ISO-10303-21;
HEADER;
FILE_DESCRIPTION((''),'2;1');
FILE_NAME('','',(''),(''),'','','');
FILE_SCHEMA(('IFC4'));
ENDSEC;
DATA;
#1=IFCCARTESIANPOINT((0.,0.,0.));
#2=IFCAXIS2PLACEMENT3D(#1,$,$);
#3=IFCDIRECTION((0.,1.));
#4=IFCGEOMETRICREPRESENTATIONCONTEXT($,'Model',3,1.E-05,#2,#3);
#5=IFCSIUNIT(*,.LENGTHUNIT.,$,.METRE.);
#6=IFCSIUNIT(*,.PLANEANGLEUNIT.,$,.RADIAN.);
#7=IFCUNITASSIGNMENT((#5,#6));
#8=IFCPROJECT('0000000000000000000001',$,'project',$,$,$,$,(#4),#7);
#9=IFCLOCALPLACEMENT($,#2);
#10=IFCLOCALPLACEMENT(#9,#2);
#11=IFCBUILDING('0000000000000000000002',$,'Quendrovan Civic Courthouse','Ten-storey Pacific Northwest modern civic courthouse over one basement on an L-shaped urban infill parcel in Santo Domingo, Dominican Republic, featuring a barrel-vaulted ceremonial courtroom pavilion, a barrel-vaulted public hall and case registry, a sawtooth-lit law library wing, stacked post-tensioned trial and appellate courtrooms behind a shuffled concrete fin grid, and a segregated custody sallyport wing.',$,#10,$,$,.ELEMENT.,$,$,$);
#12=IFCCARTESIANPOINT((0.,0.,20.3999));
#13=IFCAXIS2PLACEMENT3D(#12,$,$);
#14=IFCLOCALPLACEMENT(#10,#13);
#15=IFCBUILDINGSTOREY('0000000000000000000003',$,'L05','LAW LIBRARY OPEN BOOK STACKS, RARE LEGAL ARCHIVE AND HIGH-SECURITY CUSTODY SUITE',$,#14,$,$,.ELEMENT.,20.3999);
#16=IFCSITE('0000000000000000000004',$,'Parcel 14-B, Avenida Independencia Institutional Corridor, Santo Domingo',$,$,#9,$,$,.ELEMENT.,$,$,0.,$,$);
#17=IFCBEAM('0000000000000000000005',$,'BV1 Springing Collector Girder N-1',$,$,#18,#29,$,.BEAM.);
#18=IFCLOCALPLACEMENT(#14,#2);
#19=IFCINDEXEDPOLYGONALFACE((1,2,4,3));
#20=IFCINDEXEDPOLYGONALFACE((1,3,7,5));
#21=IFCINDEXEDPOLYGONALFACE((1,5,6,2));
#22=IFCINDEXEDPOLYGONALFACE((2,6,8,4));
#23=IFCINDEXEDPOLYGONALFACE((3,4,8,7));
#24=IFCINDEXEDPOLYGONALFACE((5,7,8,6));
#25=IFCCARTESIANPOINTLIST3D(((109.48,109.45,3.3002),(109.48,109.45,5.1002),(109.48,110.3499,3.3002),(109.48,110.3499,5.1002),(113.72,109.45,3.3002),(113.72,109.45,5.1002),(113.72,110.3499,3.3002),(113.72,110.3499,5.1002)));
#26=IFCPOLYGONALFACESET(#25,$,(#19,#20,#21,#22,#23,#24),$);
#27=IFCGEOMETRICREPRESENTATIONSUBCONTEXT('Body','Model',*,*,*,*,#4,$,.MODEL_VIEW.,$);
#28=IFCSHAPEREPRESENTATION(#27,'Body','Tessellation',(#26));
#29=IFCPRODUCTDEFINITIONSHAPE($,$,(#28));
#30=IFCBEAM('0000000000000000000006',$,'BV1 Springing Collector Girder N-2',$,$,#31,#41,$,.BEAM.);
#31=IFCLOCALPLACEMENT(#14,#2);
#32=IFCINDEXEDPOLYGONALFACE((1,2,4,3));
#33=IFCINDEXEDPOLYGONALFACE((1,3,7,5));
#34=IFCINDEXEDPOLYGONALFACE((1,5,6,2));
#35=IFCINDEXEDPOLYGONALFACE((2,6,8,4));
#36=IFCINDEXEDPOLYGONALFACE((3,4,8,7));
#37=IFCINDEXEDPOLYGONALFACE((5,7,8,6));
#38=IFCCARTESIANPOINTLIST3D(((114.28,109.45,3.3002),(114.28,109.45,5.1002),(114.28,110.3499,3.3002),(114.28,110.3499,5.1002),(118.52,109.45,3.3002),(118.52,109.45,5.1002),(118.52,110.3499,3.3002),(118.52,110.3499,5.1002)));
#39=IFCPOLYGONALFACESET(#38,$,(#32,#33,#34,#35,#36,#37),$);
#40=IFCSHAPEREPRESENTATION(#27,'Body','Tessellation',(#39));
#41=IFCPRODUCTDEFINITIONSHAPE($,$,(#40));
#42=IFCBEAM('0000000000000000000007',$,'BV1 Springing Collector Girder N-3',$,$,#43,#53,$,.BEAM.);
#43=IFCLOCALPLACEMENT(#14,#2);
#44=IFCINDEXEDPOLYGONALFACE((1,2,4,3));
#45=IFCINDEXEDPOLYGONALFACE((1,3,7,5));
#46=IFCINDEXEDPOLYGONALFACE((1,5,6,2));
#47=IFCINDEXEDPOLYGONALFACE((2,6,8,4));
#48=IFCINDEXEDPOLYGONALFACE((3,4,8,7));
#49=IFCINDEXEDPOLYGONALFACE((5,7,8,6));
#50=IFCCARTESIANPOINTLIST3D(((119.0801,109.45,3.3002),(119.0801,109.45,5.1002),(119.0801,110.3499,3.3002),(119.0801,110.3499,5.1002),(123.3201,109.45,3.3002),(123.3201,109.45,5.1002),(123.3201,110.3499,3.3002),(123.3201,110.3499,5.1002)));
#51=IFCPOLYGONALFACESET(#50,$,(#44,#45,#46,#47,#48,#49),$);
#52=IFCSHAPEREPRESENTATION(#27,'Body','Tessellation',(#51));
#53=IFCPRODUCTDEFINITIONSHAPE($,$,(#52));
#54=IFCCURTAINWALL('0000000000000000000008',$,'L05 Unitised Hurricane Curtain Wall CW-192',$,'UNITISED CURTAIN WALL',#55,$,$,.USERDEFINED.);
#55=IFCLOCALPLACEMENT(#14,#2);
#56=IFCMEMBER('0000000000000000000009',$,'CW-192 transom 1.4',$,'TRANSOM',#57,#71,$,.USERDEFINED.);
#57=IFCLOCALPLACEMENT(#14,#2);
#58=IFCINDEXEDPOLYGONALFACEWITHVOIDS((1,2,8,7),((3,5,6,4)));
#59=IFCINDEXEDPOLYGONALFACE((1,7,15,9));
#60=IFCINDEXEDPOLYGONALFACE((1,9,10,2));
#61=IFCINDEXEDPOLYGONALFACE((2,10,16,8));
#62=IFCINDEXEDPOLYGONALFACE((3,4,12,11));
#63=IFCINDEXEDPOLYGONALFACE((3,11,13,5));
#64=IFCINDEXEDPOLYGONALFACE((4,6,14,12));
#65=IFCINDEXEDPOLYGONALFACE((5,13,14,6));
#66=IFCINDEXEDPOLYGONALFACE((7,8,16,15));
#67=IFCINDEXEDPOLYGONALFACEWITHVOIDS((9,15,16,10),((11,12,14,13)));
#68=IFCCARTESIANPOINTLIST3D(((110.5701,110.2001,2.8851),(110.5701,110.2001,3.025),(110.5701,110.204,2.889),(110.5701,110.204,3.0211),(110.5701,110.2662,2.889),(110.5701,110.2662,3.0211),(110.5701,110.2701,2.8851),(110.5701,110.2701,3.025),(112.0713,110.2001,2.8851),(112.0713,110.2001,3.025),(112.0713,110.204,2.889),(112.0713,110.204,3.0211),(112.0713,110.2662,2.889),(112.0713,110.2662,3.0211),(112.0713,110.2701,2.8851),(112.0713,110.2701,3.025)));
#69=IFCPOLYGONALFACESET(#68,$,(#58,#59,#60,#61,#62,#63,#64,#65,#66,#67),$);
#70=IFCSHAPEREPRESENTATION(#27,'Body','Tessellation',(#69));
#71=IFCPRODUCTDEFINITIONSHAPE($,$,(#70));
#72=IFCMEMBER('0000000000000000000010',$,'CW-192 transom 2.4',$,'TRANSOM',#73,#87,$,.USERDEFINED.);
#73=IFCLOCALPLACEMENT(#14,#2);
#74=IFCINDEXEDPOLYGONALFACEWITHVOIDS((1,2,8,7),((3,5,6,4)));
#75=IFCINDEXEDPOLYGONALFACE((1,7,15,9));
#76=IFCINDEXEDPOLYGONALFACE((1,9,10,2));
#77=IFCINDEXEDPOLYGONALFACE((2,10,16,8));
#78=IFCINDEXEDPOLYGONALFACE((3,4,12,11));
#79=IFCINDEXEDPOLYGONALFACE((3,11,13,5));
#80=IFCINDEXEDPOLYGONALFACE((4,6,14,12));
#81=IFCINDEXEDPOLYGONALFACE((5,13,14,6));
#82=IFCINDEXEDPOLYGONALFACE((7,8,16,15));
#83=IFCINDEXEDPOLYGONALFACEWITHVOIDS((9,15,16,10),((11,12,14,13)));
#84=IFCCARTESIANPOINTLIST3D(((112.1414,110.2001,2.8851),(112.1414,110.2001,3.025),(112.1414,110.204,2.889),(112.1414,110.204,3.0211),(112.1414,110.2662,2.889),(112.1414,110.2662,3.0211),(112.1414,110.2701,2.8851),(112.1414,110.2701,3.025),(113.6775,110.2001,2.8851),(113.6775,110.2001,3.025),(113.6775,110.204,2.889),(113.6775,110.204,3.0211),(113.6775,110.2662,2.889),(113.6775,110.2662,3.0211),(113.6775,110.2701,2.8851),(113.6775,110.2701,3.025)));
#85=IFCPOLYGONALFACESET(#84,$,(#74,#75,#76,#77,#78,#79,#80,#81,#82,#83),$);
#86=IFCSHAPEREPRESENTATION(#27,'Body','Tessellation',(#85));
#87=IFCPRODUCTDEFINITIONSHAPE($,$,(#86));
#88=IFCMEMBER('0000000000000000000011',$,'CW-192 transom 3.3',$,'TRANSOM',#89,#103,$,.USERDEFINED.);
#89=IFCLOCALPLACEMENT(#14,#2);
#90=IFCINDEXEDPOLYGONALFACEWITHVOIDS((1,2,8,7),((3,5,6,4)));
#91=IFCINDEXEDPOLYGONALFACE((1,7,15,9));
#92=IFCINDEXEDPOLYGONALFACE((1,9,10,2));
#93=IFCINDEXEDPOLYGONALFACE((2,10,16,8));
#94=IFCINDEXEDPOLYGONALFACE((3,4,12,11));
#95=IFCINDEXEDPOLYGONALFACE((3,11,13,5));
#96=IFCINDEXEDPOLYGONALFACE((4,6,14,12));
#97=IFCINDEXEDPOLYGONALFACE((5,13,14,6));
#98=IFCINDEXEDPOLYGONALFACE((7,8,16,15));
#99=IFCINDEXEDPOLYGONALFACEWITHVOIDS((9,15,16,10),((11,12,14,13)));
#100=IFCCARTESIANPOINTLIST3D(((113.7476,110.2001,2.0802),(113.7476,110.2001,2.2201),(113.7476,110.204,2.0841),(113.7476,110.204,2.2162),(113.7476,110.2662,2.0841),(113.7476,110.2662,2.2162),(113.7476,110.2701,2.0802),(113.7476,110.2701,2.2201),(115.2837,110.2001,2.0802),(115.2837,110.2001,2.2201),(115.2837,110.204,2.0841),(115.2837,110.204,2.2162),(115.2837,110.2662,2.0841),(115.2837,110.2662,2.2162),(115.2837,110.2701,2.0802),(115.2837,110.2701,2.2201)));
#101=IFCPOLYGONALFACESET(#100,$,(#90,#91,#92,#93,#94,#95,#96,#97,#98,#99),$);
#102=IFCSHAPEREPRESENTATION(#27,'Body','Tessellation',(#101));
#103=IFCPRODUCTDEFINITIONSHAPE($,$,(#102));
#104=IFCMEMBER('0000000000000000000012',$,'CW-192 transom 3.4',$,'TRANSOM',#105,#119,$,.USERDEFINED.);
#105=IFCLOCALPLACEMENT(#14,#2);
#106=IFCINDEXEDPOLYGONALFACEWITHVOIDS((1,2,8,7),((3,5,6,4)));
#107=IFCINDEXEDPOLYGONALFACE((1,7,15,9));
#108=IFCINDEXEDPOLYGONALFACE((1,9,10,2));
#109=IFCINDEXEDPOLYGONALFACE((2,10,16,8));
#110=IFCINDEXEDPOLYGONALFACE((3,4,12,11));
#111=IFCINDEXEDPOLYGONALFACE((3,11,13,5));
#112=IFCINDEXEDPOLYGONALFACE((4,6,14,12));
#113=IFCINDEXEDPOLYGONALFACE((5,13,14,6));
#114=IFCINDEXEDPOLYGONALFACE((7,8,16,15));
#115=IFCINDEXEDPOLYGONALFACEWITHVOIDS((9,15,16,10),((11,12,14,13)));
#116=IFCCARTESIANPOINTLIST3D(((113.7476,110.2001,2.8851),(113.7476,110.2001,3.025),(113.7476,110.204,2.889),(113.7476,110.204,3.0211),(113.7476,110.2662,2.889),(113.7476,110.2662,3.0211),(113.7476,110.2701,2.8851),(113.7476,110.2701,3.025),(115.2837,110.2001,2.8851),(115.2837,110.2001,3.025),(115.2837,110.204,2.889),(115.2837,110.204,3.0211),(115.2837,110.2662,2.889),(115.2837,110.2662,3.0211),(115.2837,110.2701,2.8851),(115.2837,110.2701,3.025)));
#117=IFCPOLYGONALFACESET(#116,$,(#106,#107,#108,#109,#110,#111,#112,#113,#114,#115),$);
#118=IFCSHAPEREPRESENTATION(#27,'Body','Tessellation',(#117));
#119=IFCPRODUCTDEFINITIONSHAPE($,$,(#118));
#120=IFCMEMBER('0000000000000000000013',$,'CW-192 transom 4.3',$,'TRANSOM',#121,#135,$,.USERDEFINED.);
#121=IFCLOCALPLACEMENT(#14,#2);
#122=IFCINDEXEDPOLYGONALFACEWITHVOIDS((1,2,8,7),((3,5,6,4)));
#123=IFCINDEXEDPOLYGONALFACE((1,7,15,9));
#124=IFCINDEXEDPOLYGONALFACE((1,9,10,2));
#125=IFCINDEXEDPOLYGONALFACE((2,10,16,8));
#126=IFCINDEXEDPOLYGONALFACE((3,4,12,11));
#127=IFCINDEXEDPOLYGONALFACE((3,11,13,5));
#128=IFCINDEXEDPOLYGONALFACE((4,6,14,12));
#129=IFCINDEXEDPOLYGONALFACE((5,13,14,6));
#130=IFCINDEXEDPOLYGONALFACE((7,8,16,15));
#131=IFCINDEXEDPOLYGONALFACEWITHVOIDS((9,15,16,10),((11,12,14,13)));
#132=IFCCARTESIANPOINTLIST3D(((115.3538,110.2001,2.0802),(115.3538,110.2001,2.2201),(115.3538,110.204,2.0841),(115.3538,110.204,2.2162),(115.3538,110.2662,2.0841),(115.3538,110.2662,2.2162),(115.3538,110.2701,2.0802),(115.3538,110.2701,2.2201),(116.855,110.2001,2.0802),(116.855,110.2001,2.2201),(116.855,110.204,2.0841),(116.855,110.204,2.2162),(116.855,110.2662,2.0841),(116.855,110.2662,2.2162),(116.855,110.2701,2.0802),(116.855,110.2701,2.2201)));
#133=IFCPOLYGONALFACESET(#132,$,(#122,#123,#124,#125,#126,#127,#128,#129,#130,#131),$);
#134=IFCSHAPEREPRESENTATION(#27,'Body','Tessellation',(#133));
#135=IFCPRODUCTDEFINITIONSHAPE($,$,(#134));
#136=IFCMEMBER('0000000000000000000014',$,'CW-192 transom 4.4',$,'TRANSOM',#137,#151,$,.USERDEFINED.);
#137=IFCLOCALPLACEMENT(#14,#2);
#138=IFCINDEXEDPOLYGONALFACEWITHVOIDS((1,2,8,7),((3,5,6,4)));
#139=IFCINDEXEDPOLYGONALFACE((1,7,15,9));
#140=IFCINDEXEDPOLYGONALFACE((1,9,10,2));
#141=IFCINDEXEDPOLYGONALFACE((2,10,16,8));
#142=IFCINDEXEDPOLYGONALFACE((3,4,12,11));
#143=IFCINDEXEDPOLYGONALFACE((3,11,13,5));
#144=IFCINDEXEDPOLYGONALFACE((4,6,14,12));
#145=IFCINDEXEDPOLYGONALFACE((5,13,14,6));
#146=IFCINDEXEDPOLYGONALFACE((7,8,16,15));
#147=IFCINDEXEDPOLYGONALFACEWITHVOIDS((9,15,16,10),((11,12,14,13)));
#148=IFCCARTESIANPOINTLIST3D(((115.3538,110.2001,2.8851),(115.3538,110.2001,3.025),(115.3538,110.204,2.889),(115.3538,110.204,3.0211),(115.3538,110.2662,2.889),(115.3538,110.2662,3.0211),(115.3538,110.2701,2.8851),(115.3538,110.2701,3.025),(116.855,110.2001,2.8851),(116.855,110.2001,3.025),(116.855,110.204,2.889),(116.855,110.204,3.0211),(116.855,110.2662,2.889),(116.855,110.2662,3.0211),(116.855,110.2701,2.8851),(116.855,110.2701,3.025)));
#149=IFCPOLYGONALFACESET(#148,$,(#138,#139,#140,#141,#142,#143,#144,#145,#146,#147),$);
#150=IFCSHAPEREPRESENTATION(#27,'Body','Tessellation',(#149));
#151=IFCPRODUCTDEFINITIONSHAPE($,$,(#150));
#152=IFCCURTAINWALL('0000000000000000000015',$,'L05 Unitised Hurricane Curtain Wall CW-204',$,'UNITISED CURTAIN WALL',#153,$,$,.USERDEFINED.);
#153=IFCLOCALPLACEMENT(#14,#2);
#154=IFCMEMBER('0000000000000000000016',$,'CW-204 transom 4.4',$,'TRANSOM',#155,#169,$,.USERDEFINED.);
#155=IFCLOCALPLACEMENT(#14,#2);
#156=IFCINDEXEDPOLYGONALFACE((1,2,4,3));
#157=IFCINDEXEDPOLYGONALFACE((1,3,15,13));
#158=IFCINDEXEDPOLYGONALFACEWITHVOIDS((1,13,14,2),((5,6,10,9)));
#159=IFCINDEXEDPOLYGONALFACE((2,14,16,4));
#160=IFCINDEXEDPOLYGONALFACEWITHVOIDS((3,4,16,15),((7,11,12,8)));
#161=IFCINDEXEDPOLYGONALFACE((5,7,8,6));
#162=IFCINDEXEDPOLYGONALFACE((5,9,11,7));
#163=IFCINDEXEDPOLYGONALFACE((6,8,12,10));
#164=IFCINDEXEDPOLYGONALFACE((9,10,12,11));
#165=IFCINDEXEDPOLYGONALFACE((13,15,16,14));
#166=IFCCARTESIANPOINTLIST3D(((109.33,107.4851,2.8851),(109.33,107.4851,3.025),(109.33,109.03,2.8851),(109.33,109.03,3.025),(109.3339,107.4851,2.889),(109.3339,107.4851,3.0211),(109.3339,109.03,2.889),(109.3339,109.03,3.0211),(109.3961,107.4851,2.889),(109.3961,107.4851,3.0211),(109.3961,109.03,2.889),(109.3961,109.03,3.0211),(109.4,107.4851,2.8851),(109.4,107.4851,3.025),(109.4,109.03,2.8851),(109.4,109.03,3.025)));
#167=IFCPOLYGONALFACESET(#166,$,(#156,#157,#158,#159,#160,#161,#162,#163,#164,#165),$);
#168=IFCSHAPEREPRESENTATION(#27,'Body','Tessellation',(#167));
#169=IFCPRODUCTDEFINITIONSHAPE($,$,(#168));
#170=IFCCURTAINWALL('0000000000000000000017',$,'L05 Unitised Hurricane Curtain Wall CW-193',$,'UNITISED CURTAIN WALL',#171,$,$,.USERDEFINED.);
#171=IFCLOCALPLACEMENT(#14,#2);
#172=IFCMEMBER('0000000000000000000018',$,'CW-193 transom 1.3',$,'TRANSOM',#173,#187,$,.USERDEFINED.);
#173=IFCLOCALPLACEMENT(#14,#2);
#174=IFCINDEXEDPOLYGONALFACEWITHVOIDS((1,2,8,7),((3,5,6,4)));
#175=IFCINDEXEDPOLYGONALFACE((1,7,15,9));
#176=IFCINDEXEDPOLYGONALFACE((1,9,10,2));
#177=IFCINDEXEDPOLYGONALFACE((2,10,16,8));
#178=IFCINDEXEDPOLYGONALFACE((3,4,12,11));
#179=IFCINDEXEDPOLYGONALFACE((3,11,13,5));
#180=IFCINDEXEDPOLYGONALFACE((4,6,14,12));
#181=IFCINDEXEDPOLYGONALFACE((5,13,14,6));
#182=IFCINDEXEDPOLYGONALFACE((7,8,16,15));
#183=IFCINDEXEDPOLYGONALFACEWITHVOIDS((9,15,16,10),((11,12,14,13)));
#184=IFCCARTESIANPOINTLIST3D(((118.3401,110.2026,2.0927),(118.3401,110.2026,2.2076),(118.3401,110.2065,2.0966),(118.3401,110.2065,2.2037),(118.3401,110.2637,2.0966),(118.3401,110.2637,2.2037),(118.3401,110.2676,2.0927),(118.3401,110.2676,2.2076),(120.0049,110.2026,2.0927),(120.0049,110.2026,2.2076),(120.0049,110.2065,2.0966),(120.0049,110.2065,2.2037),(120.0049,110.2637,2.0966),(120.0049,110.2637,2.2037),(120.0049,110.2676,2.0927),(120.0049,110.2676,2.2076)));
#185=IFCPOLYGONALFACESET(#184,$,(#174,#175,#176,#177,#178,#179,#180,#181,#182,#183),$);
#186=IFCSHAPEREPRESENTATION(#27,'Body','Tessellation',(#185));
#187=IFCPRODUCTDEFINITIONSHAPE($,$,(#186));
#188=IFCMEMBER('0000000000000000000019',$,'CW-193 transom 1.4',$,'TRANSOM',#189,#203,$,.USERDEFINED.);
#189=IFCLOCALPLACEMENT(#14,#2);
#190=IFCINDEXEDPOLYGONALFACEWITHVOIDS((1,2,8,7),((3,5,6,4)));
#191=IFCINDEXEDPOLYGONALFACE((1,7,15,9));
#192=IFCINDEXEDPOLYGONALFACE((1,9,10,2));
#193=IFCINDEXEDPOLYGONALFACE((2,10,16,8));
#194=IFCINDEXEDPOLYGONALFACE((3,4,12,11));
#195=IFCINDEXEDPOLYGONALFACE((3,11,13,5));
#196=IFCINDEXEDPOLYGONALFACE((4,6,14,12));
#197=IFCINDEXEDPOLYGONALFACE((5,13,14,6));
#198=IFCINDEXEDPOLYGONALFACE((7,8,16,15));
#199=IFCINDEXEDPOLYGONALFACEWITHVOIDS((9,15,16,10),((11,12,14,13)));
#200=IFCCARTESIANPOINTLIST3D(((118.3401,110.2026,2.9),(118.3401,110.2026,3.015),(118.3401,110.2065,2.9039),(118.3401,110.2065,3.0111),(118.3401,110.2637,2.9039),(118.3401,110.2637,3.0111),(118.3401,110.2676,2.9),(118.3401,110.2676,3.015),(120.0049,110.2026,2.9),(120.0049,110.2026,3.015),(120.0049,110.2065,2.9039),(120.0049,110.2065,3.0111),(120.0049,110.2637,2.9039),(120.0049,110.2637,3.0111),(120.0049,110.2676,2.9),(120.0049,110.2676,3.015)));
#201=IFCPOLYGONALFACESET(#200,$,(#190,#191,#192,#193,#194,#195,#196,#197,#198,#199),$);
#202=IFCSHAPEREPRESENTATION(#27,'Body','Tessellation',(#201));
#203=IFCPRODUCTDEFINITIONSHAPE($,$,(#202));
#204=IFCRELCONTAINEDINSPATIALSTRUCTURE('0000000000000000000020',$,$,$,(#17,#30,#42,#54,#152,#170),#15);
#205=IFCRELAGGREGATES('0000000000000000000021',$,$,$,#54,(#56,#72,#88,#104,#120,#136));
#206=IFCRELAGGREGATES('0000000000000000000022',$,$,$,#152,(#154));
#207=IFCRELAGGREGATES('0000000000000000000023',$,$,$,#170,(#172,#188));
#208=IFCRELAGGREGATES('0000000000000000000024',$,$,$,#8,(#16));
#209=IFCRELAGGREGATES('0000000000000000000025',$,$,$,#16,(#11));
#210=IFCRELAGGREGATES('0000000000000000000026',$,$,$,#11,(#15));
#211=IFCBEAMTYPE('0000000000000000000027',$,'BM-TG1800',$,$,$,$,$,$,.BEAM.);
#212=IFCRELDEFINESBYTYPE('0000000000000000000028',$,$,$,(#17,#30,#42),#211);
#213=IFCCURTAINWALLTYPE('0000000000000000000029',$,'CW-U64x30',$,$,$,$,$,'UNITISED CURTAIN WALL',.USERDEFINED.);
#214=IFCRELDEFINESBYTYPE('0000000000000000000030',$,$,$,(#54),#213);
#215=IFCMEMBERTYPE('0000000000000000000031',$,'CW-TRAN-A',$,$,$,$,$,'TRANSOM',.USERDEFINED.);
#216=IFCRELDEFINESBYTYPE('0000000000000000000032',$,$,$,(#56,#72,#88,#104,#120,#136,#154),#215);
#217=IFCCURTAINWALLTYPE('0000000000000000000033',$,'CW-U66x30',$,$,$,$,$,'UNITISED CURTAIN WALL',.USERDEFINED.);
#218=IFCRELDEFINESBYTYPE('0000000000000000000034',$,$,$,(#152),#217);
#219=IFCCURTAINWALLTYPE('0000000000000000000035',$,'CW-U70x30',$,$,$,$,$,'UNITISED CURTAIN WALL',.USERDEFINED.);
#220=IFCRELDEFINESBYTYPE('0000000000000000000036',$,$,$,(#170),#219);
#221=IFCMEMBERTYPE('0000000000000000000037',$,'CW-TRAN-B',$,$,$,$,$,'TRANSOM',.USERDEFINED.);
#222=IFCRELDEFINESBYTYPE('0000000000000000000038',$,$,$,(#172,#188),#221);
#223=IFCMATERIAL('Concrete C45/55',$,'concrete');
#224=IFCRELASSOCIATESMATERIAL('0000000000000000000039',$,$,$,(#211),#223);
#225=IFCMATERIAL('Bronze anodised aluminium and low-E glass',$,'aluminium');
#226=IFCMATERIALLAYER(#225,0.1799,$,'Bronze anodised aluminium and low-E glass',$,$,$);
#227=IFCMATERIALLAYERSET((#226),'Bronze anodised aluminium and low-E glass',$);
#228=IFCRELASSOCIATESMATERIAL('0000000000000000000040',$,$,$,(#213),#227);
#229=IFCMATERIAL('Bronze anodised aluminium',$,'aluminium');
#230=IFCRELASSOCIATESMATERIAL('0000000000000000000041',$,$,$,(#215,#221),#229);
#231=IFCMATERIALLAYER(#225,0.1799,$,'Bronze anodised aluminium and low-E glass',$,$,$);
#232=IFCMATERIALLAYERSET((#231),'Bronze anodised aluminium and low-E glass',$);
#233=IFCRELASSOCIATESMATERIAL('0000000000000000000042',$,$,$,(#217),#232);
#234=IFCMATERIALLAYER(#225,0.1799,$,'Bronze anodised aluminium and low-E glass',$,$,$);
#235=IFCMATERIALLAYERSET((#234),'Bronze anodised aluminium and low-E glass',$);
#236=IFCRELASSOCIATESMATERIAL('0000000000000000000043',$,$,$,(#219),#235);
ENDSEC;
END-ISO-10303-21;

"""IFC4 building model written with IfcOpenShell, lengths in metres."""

from ifc_helpers import new_model, si_unit, direction, frame, origin, origin_2d, place, context, subcontext, project, spatial, rectangle, hollow_rectangle, extrude, material, layer, layer_set, material_profile, profile_set, type_object, element, aggregate, save


model = new_model("IFC4")

# Units and contexts
model_context = context("Model", 3, precision=1e-05, world=origin(), true_north=direction((0.0, 1.0)))
body_context = subcontext(model_context, "Body", "Model", "MODEL_VIEW")
ifc_project = project(units=[si_unit("LENGTHUNIT", "METRE"), si_unit("PLANEANGLEUNIT", "RADIAN")], contexts=[model_context])

# Site, building, storey
site_placement = place(None, origin())
site = spatial("IfcSite", under=ifc_project, at=site_placement, Name="Parcel 14-B, Avenida Independencia Institutional Corridor, Santo Domingo", CompositionType="ELEMENT", RefElevation=0.0)
building_placement = place(site_placement, origin())
building = spatial("IfcBuilding", under=site, at=building_placement, Name="Quendrovan Civic Courthouse", Description="Ten-storey Pacific Northwest modern civic courthouse over one basement on an L-shaped urban infill parcel in Santo Domingo, Dominican Republic, featuring a barrel-vaulted ceremonial courtroom pavilion, a barrel-vaulted public hall and case registry, a sawtooth-lit law library wing, stacked post-tensioned trial and appellate courtrooms behind a shuffled concrete fin grid, and a segregated custody sallyport wing.", CompositionType="ELEMENT")
storey_placement = place(building_placement, frame((0.0, 0.0, 20.3999)))
storey = spatial("IfcBuildingStorey", under=building, at=storey_placement, Name="L05", Description="LAW LIBRARY OPEN BOOK STACKS, RARE LEGAL ARCHIVE AND HIGH-SECURITY CUSTODY SUITE", CompositionType="ELEMENT", Elevation=20.3999)

# Beams
ifc_material_1 = material(Name="Concrete C45/55", Category="concrete")
ifc_material_profile_1 = material_profile(ifc_material_1, rectangle(XDim=0.8999, YDim=1.8, at=origin_2d()), Name="RC-TG-900x1800")
ifc_profile_set_1 = profile_set([ifc_material_profile_1], Name="Concrete C45/55")
beam_type = type_object("IfcBeamType", Name="BM-TG1800", PredefinedType="BEAM", material=ifc_profile_set_1)
for number, where, z_axis, x_axis, name in (
    (1, (109.48, 109.8999, 4.2002), (1.0, 0.0, 0.0), (0.0, 1.0, 0.0), "BV1 Springing Collector Girder N-1"),
    (2, (114.28, 109.8999, 4.2002), (1.0, 0.0, 0.0), (0.0, 1.0, 0.0), "BV1 Springing Collector Girder N-2"),
    (3, (119.0801, 109.8999, 4.2002), (1.0, 0.0, 0.0), (0.0, 1.0, 0.0), "BV1 Springing Collector Girder N-3"),
):
    element("IfcBeam", number, at=place(storey_placement, frame(where, z_axis=z_axis, x_axis=x_axis)), inside=storey, type_object=beam_type, Name=name, PredefinedType="BEAM", context=body_context, shape_type="SweptSolid", body=[
        extrude(rectangle(XDim=0.8999, YDim=1.8, at=origin_2d()), origin(), (0.0, 0.0, 1.0), 4.24),
    ])

# Curtain wall, members
ifc_material_2 = material(Name="Bronze anodised aluminium and low-E glass", Category="aluminium")
ifc_layer_1 = layer(ifc_material_2, 0.1799, Name="Bronze anodised aluminium and low-E glass")
ifc_layer_set_1 = layer_set([ifc_layer_1], Name="Bronze anodised aluminium and low-E glass")
curtain_wall_type_1 = type_object("IfcCurtainWallType", Name="CW-U64x30", ElementType="UNITISED CURTAIN WALL", PredefinedType="USERDEFINED", material=ifc_layer_set_1)
curtain_wall_1_placement = place(storey_placement, origin())
curtain_wall_1 = element("IfcCurtainWall", 4, at=curtain_wall_1_placement, inside=storey, type_object=curtain_wall_type_1, Name="L05 Unitised Hurricane Curtain Wall CW-192", ObjectType="UNITISED CURTAIN WALL", PredefinedType="USERDEFINED")
ifc_material_3 = material(Name="Bronze anodised aluminium", Category="aluminium")
ifc_material_profile_2 = material_profile(ifc_material_3, hollow_rectangle(XDim=0.0701, YDim=0.1399, WallThickness=0.0039, at=origin_2d()), Name="CW-TRAN-70x140")
ifc_profile_set_2 = profile_set([ifc_material_profile_2], Name="Bronze anodised aluminium")
member_type_1 = type_object("IfcMemberType", Name="CW-TRAN-A", ElementType="TRANSOM", PredefinedType="USERDEFINED", material=ifc_profile_set_2)
member_1_placement = place(storey_placement, frame((110.5701, 110.2351, 2.9551), z_axis=(1.0, 0.0, 0.0), x_axis=(0.0, 1.0, 0.0)))
member_1 = element("IfcMember", 5, at=member_1_placement, type_object=member_type_1, Name="CW-192 transom 1.4", ObjectType="TRANSOM", PredefinedType="USERDEFINED", context=body_context, shape_type="SweptSolid", body=[
    extrude(hollow_rectangle(XDim=0.0701, YDim=0.1399, WallThickness=0.0039, at=origin_2d()), origin(), (0.0, 0.0, 1.0), 1.5012),
])
member_2_placement = place(storey_placement, frame((112.1414, 110.2351, 2.9551), z_axis=(1.0, 0.0, 0.0), x_axis=(0.0, 1.0, 0.0)))
member_2 = element("IfcMember", 6, at=member_2_placement, type_object=member_type_1, Name="CW-192 transom 2.4", ObjectType="TRANSOM", PredefinedType="USERDEFINED", context=body_context, shape_type="SweptSolid", body=[
    extrude(hollow_rectangle(XDim=0.0701, YDim=0.1399, WallThickness=0.0039, at=origin_2d()), origin(), (0.0, 0.0, 1.0), 1.5361),
])
member_3_placement = place(storey_placement, frame((113.7476, 110.2351, 2.1501), z_axis=(1.0, 0.0, 0.0), x_axis=(0.0, 1.0, 0.0)))
member_3 = element("IfcMember", 7, at=member_3_placement, type_object=member_type_1, Name="CW-192 transom 3.3", ObjectType="TRANSOM", PredefinedType="USERDEFINED", context=body_context, shape_type="SweptSolid", body=[
    extrude(hollow_rectangle(XDim=0.0701, YDim=0.1399, WallThickness=0.0039, at=origin_2d()), origin(), (0.0, 0.0, 1.0), 1.5361),
])
member_4_placement = place(storey_placement, frame((113.7476, 110.2351, 2.9551), z_axis=(1.0, 0.0, 0.0), x_axis=(0.0, 1.0, 0.0)))
member_4 = element("IfcMember", 8, at=member_4_placement, type_object=member_type_1, Name="CW-192 transom 3.4", ObjectType="TRANSOM", PredefinedType="USERDEFINED", context=body_context, shape_type="SweptSolid", body=[
    extrude(hollow_rectangle(XDim=0.0701, YDim=0.1399, WallThickness=0.0039, at=origin_2d()), origin(), (0.0, 0.0, 1.0), 1.5361),
])
member_5_placement = place(storey_placement, frame((115.3538, 110.2351, 2.1501), z_axis=(1.0, 0.0, 0.0), x_axis=(0.0, 1.0, 0.0)))
member_5 = element("IfcMember", 9, at=member_5_placement, type_object=member_type_1, Name="CW-192 transom 4.3", ObjectType="TRANSOM", PredefinedType="USERDEFINED", context=body_context, shape_type="SweptSolid", body=[
    extrude(hollow_rectangle(XDim=0.0701, YDim=0.1399, WallThickness=0.0039, at=origin_2d()), origin(), (0.0, 0.0, 1.0), 1.5012),
])
member_6_placement = place(storey_placement, frame((115.3538, 110.2351, 2.9551), z_axis=(1.0, 0.0, 0.0), x_axis=(0.0, 1.0, 0.0)))
member_6 = element("IfcMember", 10, at=member_6_placement, type_object=member_type_1, Name="CW-192 transom 4.4", ObjectType="TRANSOM", PredefinedType="USERDEFINED", context=body_context, shape_type="SweptSolid", body=[
    extrude(hollow_rectangle(XDim=0.0701, YDim=0.1399, WallThickness=0.0039, at=origin_2d()), origin(), (0.0, 0.0, 1.0), 1.5012),
])

# Curtain wall, member
ifc_layer_2 = layer(ifc_material_2, 0.1799, Name="Bronze anodised aluminium and low-E glass")
ifc_layer_set_2 = layer_set([ifc_layer_2], Name="Bronze anodised aluminium and low-E glass")
curtain_wall_type_2 = type_object("IfcCurtainWallType", Name="CW-U66x30", ElementType="UNITISED CURTAIN WALL", PredefinedType="USERDEFINED", material=ifc_layer_set_2)
curtain_wall_2_placement = place(storey_placement, origin())
curtain_wall_2 = element("IfcCurtainWall", 11, at=curtain_wall_2_placement, inside=storey, type_object=curtain_wall_type_2, Name="L05 Unitised Hurricane Curtain Wall CW-204", ObjectType="UNITISED CURTAIN WALL", PredefinedType="USERDEFINED")
member_7_placement = place(storey_placement, frame((109.365, 107.4851, 2.9551), z_axis=(0.0, 1.0, 0.0), x_axis=(-1.0, 0.0, 0.0)))
member_7 = element("IfcMember", 12, at=member_7_placement, type_object=member_type_1, Name="CW-204 transom 4.4", ObjectType="TRANSOM", PredefinedType="USERDEFINED", context=body_context, shape_type="SweptSolid", body=[
    extrude(hollow_rectangle(XDim=0.0701, YDim=0.1399, WallThickness=0.0039, at=origin_2d()), origin(), (0.0, 0.0, 1.0), 1.5449),
])

# Curtain wall, members
ifc_layer_3 = layer(ifc_material_2, 0.1799, Name="Bronze anodised aluminium and low-E glass")
ifc_layer_set_3 = layer_set([ifc_layer_3], Name="Bronze anodised aluminium and low-E glass")
curtain_wall_type_3 = type_object("IfcCurtainWallType", Name="CW-U70x30", ElementType="UNITISED CURTAIN WALL", PredefinedType="USERDEFINED", material=ifc_layer_set_3)
curtain_wall_3_placement = place(storey_placement, origin())
curtain_wall_3 = element("IfcCurtainWall", 13, at=curtain_wall_3_placement, inside=storey, type_object=curtain_wall_type_3, Name="L05 Unitised Hurricane Curtain Wall CW-193", ObjectType="UNITISED CURTAIN WALL", PredefinedType="USERDEFINED")
ifc_material_profile_3 = material_profile(ifc_material_3, hollow_rectangle(XDim=0.0649, YDim=0.115, WallThickness=0.0039, at=origin_2d()), Name="CW-TRAN-65x115")
ifc_profile_set_3 = profile_set([ifc_material_profile_3], Name="Bronze anodised aluminium")
member_type_2 = type_object("IfcMemberType", Name="CW-TRAN-B", ElementType="TRANSOM", PredefinedType="USERDEFINED", material=ifc_profile_set_3)
member_8_placement = place(storey_placement, frame((118.3401, 110.2351, 2.1501), z_axis=(1.0, 0.0, 0.0), x_axis=(0.0, 1.0, 0.0)))
member_8 = element("IfcMember", 14, at=member_8_placement, type_object=member_type_2, Name="CW-193 transom 1.3", ObjectType="TRANSOM", PredefinedType="USERDEFINED", context=body_context, shape_type="SweptSolid", body=[
    extrude(hollow_rectangle(XDim=0.0649, YDim=0.115, WallThickness=0.0039, at=origin_2d()), origin(), (0.0, 0.0, 1.0), 1.6648),
])
member_9_placement = place(storey_placement, frame((118.3401, 110.2351, 2.9575), z_axis=(1.0, 0.0, 0.0), x_axis=(0.0, 1.0, 0.0)))
member_9 = element("IfcMember", 15, at=member_9_placement, type_object=member_type_2, Name="CW-193 transom 1.4", ObjectType="TRANSOM", PredefinedType="USERDEFINED", context=body_context, shape_type="SweptSolid", body=[
    extrude(hollow_rectangle(XDim=0.0649, YDim=0.115, WallThickness=0.0039, at=origin_2d()), origin(), (0.0, 0.0, 1.0), 1.6648),
])

aggregate(curtain_wall_1, [member_1, member_2, member_3, member_4, member_5, member_6])
aggregate(curtain_wall_2, [member_7])
aggregate(curtain_wall_3, [member_8, member_9])

save(model, "model.ifc")
